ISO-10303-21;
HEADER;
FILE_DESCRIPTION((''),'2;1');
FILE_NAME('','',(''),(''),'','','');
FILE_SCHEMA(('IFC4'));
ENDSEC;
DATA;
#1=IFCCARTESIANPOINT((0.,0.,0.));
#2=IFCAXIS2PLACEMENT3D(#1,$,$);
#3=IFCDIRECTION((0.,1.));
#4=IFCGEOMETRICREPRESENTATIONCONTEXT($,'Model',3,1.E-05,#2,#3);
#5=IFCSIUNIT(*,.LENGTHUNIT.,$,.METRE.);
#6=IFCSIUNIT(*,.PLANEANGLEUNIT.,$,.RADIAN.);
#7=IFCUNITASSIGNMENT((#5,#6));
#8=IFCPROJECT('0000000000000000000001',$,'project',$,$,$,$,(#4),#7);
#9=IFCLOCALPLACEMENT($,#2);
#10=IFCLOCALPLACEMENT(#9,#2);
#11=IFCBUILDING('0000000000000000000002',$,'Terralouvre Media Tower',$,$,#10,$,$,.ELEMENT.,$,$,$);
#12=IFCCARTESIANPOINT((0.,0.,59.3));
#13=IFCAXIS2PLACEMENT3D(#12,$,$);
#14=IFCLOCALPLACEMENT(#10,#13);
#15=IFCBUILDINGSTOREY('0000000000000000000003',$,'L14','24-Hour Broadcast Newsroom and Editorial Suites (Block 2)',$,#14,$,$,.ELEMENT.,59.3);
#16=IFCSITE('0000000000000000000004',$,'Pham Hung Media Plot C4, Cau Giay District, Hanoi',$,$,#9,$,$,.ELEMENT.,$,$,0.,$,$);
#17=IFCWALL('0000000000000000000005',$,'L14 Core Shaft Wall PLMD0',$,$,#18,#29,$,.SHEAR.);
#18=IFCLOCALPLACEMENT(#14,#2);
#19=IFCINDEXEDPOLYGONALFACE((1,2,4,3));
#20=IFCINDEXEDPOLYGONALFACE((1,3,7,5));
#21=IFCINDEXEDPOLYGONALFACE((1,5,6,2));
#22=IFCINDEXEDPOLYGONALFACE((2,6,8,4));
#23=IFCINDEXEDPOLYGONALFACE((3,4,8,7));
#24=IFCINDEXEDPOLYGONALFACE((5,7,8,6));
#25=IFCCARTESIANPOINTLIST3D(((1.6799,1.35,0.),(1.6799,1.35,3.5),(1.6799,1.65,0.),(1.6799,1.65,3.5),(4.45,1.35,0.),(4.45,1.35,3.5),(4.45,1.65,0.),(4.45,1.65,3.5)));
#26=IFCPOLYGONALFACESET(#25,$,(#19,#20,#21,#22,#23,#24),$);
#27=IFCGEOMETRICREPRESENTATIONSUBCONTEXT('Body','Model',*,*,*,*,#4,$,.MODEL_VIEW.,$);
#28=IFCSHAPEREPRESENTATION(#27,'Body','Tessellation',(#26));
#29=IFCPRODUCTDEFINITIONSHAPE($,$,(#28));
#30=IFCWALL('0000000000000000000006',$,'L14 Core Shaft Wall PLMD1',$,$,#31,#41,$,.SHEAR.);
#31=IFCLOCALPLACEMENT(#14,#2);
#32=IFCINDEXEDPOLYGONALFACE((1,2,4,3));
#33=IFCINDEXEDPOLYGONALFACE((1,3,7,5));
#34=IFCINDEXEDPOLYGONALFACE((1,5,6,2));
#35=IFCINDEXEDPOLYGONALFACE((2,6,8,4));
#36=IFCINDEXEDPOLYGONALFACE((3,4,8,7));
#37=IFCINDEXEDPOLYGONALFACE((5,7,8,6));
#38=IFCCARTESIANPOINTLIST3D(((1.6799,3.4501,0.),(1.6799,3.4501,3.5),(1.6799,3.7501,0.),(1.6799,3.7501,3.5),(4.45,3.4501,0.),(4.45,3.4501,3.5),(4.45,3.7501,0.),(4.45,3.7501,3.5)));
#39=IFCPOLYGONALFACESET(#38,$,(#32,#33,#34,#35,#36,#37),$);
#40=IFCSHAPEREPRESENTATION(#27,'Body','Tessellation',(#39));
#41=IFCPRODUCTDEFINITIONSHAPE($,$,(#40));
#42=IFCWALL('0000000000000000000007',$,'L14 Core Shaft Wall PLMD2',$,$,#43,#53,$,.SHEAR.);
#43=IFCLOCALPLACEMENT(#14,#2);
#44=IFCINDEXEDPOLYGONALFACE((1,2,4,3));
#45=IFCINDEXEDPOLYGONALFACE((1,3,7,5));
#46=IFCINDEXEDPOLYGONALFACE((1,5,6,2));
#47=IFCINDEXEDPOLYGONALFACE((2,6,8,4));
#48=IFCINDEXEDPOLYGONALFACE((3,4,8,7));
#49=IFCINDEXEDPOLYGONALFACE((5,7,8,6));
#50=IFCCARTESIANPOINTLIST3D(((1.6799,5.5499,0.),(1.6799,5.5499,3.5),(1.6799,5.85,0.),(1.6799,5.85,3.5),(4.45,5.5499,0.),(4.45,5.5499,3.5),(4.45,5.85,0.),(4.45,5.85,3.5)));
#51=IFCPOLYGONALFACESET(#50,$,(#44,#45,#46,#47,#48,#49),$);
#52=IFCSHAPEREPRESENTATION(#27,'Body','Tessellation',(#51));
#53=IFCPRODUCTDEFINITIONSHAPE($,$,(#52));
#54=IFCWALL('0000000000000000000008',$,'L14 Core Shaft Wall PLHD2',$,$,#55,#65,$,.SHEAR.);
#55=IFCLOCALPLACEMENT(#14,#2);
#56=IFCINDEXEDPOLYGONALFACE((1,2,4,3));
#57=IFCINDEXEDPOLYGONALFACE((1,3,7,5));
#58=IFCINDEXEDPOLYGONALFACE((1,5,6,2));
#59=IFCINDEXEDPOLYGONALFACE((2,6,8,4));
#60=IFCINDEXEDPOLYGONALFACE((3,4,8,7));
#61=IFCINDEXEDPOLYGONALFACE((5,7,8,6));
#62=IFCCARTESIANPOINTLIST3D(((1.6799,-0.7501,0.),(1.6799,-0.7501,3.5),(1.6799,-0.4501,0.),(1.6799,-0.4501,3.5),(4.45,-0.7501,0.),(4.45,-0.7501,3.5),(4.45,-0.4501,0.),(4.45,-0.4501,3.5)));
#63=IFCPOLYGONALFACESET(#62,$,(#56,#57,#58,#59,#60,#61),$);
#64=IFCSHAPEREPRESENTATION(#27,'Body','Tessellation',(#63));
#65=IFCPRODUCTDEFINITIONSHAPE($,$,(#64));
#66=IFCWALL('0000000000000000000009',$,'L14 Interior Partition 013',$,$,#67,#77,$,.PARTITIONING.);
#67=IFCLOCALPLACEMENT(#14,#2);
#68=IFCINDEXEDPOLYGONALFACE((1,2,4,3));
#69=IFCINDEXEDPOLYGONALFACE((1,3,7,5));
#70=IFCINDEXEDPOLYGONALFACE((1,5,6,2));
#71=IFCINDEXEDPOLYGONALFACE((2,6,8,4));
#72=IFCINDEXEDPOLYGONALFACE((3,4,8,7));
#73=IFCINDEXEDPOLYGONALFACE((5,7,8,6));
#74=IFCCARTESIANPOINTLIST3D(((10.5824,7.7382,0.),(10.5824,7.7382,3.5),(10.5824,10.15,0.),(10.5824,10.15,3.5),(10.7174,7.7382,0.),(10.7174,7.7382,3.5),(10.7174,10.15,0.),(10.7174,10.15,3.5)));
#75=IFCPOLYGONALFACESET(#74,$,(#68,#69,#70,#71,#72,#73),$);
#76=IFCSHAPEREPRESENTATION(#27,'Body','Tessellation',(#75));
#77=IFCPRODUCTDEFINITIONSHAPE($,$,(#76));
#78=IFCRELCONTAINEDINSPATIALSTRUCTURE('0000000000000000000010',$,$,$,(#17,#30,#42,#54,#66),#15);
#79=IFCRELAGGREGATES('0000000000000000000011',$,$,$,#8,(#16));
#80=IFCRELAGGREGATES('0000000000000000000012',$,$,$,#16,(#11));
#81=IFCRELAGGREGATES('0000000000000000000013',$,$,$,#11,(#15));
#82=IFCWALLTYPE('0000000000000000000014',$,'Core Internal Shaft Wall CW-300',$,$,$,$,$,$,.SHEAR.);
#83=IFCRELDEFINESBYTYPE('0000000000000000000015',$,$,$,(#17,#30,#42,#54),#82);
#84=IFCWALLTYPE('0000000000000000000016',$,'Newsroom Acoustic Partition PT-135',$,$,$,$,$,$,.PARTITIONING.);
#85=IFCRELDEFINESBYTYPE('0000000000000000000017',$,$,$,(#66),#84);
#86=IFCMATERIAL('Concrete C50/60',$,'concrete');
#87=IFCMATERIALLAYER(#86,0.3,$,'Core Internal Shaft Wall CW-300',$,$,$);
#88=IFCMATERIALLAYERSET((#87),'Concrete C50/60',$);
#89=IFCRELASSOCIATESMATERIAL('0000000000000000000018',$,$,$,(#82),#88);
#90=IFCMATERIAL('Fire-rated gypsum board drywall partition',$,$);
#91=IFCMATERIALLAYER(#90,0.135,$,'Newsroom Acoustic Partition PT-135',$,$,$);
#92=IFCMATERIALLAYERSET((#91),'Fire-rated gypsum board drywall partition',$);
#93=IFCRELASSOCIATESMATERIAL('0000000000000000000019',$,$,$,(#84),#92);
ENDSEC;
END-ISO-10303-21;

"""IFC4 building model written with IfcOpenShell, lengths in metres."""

from ifc_helpers import new_model, si_unit, direction, frame, frame_2d, origin, place, context, subcontext, project, spatial, rectangle, extrude, material, layer, layer_set, type_object, element, save


model = new_model("IFC4")

# Units and contexts
model_context = context("Model", 3, precision=1e-05, world=origin(), true_north=direction((0.0, 1.0)))
body_context = subcontext(model_context, "Body", "Model", "MODEL_VIEW")
ifc_project = project(units=[si_unit("LENGTHUNIT", "METRE"), si_unit("PLANEANGLEUNIT", "RADIAN")], contexts=[model_context])

# Site, building, storey
site_placement = place(None, origin())
site = spatial("IfcSite", under=ifc_project, at=site_placement, Name="Pham Hung Media Plot C4, Cau Giay District, Hanoi", CompositionType="ELEMENT", RefElevation=0.0)
building_placement = place(site_placement, origin())
building = spatial("IfcBuilding", under=site, at=building_placement, Name="Terralouvre Media Tower", CompositionType="ELEMENT")
storey_placement = place(building_placement, frame((0.0, 0.0, 59.3)))
storey = spatial("IfcBuildingStorey", under=building, at=storey_placement, Name="L14", Description="24-Hour Broadcast Newsroom and Editorial Suites (Block 2)", CompositionType="ELEMENT", Elevation=59.3)

# Shared definitions
ifc_material_1 = material(Name="Concrete C50/60", Category="concrete")
ifc_layer_1 = layer(ifc_material_1, 0.3, Name="Core Internal Shaft Wall CW-300")
ifc_layer_set_1 = layer_set([ifc_layer_1], Name="Concrete C50/60")
wall_type_1 = type_object("IfcWallType", Name="Core Internal Shaft Wall CW-300", PredefinedType="SHEAR", material=ifc_layer_set_1)

# Walls
for number, where, z_axis, x_axis, name in (
    (1, (1.6799, 1.5, 0.0), (0.0, 0.0, 1.0), (1.0, 0.0, 0.0), "L14 Core Shaft Wall PLMD0"),
    (2, (1.6799, 3.6001, 0.0), (0.0, 0.0, 1.0), (1.0, 0.0, 0.0), "L14 Core Shaft Wall PLMD1"),
    (3, (1.6799, 5.7, 0.0), (0.0, 0.0, 1.0), (1.0, 0.0, 0.0), "L14 Core Shaft Wall PLMD2"),
    (4, (1.6799, -0.6001, 0.0), (0.0, 0.0, 1.0), (1.0, 0.0, 0.0), "L14 Core Shaft Wall PLHD2"),
):
    element("IfcWall", number, at=place(storey_placement, frame(where, z_axis=z_axis, x_axis=x_axis)), inside=storey, type_object=wall_type_1, Name=name, PredefinedType="SHEAR", context=body_context, shape_type="SweptSolid", body=[
        extrude(rectangle(XDim=2.77, YDim=0.3, at=frame_2d((1.385, 0.0))), origin(), (0.0, 0.0, 1.0), 3.5),
    ])
ifc_material_2 = material(Name="Fire-rated gypsum board drywall partition")
ifc_layer_2 = layer(ifc_material_2, 0.135, Name="Newsroom Acoustic Partition PT-135")
ifc_layer_set_2 = layer_set([ifc_layer_2], Name="Fire-rated gypsum board drywall partition")
wall_type_2 = type_object("IfcWallType", Name="Newsroom Acoustic Partition PT-135", PredefinedType="PARTITIONING", material=ifc_layer_set_2)
wall_1_placement = place(storey_placement, frame((10.6499, 7.738, 0.0), z_axis=(0.0, 0.0, 1.0), x_axis=(0.0, 1.0, 0.0)))
element("IfcWall", 5, at=wall_1_placement, inside=storey, type_object=wall_type_2, Name="L14 Interior Partition 013", PredefinedType="PARTITIONING", context=body_context, shape_type="SweptSolid", body=[
    extrude(rectangle(XDim=2.4119, YDim=0.135, at=frame_2d((1.2061, 0.0))), origin(), (0.0, 0.0, 1.0), 3.5),
])

save(model, "model.ifc")
